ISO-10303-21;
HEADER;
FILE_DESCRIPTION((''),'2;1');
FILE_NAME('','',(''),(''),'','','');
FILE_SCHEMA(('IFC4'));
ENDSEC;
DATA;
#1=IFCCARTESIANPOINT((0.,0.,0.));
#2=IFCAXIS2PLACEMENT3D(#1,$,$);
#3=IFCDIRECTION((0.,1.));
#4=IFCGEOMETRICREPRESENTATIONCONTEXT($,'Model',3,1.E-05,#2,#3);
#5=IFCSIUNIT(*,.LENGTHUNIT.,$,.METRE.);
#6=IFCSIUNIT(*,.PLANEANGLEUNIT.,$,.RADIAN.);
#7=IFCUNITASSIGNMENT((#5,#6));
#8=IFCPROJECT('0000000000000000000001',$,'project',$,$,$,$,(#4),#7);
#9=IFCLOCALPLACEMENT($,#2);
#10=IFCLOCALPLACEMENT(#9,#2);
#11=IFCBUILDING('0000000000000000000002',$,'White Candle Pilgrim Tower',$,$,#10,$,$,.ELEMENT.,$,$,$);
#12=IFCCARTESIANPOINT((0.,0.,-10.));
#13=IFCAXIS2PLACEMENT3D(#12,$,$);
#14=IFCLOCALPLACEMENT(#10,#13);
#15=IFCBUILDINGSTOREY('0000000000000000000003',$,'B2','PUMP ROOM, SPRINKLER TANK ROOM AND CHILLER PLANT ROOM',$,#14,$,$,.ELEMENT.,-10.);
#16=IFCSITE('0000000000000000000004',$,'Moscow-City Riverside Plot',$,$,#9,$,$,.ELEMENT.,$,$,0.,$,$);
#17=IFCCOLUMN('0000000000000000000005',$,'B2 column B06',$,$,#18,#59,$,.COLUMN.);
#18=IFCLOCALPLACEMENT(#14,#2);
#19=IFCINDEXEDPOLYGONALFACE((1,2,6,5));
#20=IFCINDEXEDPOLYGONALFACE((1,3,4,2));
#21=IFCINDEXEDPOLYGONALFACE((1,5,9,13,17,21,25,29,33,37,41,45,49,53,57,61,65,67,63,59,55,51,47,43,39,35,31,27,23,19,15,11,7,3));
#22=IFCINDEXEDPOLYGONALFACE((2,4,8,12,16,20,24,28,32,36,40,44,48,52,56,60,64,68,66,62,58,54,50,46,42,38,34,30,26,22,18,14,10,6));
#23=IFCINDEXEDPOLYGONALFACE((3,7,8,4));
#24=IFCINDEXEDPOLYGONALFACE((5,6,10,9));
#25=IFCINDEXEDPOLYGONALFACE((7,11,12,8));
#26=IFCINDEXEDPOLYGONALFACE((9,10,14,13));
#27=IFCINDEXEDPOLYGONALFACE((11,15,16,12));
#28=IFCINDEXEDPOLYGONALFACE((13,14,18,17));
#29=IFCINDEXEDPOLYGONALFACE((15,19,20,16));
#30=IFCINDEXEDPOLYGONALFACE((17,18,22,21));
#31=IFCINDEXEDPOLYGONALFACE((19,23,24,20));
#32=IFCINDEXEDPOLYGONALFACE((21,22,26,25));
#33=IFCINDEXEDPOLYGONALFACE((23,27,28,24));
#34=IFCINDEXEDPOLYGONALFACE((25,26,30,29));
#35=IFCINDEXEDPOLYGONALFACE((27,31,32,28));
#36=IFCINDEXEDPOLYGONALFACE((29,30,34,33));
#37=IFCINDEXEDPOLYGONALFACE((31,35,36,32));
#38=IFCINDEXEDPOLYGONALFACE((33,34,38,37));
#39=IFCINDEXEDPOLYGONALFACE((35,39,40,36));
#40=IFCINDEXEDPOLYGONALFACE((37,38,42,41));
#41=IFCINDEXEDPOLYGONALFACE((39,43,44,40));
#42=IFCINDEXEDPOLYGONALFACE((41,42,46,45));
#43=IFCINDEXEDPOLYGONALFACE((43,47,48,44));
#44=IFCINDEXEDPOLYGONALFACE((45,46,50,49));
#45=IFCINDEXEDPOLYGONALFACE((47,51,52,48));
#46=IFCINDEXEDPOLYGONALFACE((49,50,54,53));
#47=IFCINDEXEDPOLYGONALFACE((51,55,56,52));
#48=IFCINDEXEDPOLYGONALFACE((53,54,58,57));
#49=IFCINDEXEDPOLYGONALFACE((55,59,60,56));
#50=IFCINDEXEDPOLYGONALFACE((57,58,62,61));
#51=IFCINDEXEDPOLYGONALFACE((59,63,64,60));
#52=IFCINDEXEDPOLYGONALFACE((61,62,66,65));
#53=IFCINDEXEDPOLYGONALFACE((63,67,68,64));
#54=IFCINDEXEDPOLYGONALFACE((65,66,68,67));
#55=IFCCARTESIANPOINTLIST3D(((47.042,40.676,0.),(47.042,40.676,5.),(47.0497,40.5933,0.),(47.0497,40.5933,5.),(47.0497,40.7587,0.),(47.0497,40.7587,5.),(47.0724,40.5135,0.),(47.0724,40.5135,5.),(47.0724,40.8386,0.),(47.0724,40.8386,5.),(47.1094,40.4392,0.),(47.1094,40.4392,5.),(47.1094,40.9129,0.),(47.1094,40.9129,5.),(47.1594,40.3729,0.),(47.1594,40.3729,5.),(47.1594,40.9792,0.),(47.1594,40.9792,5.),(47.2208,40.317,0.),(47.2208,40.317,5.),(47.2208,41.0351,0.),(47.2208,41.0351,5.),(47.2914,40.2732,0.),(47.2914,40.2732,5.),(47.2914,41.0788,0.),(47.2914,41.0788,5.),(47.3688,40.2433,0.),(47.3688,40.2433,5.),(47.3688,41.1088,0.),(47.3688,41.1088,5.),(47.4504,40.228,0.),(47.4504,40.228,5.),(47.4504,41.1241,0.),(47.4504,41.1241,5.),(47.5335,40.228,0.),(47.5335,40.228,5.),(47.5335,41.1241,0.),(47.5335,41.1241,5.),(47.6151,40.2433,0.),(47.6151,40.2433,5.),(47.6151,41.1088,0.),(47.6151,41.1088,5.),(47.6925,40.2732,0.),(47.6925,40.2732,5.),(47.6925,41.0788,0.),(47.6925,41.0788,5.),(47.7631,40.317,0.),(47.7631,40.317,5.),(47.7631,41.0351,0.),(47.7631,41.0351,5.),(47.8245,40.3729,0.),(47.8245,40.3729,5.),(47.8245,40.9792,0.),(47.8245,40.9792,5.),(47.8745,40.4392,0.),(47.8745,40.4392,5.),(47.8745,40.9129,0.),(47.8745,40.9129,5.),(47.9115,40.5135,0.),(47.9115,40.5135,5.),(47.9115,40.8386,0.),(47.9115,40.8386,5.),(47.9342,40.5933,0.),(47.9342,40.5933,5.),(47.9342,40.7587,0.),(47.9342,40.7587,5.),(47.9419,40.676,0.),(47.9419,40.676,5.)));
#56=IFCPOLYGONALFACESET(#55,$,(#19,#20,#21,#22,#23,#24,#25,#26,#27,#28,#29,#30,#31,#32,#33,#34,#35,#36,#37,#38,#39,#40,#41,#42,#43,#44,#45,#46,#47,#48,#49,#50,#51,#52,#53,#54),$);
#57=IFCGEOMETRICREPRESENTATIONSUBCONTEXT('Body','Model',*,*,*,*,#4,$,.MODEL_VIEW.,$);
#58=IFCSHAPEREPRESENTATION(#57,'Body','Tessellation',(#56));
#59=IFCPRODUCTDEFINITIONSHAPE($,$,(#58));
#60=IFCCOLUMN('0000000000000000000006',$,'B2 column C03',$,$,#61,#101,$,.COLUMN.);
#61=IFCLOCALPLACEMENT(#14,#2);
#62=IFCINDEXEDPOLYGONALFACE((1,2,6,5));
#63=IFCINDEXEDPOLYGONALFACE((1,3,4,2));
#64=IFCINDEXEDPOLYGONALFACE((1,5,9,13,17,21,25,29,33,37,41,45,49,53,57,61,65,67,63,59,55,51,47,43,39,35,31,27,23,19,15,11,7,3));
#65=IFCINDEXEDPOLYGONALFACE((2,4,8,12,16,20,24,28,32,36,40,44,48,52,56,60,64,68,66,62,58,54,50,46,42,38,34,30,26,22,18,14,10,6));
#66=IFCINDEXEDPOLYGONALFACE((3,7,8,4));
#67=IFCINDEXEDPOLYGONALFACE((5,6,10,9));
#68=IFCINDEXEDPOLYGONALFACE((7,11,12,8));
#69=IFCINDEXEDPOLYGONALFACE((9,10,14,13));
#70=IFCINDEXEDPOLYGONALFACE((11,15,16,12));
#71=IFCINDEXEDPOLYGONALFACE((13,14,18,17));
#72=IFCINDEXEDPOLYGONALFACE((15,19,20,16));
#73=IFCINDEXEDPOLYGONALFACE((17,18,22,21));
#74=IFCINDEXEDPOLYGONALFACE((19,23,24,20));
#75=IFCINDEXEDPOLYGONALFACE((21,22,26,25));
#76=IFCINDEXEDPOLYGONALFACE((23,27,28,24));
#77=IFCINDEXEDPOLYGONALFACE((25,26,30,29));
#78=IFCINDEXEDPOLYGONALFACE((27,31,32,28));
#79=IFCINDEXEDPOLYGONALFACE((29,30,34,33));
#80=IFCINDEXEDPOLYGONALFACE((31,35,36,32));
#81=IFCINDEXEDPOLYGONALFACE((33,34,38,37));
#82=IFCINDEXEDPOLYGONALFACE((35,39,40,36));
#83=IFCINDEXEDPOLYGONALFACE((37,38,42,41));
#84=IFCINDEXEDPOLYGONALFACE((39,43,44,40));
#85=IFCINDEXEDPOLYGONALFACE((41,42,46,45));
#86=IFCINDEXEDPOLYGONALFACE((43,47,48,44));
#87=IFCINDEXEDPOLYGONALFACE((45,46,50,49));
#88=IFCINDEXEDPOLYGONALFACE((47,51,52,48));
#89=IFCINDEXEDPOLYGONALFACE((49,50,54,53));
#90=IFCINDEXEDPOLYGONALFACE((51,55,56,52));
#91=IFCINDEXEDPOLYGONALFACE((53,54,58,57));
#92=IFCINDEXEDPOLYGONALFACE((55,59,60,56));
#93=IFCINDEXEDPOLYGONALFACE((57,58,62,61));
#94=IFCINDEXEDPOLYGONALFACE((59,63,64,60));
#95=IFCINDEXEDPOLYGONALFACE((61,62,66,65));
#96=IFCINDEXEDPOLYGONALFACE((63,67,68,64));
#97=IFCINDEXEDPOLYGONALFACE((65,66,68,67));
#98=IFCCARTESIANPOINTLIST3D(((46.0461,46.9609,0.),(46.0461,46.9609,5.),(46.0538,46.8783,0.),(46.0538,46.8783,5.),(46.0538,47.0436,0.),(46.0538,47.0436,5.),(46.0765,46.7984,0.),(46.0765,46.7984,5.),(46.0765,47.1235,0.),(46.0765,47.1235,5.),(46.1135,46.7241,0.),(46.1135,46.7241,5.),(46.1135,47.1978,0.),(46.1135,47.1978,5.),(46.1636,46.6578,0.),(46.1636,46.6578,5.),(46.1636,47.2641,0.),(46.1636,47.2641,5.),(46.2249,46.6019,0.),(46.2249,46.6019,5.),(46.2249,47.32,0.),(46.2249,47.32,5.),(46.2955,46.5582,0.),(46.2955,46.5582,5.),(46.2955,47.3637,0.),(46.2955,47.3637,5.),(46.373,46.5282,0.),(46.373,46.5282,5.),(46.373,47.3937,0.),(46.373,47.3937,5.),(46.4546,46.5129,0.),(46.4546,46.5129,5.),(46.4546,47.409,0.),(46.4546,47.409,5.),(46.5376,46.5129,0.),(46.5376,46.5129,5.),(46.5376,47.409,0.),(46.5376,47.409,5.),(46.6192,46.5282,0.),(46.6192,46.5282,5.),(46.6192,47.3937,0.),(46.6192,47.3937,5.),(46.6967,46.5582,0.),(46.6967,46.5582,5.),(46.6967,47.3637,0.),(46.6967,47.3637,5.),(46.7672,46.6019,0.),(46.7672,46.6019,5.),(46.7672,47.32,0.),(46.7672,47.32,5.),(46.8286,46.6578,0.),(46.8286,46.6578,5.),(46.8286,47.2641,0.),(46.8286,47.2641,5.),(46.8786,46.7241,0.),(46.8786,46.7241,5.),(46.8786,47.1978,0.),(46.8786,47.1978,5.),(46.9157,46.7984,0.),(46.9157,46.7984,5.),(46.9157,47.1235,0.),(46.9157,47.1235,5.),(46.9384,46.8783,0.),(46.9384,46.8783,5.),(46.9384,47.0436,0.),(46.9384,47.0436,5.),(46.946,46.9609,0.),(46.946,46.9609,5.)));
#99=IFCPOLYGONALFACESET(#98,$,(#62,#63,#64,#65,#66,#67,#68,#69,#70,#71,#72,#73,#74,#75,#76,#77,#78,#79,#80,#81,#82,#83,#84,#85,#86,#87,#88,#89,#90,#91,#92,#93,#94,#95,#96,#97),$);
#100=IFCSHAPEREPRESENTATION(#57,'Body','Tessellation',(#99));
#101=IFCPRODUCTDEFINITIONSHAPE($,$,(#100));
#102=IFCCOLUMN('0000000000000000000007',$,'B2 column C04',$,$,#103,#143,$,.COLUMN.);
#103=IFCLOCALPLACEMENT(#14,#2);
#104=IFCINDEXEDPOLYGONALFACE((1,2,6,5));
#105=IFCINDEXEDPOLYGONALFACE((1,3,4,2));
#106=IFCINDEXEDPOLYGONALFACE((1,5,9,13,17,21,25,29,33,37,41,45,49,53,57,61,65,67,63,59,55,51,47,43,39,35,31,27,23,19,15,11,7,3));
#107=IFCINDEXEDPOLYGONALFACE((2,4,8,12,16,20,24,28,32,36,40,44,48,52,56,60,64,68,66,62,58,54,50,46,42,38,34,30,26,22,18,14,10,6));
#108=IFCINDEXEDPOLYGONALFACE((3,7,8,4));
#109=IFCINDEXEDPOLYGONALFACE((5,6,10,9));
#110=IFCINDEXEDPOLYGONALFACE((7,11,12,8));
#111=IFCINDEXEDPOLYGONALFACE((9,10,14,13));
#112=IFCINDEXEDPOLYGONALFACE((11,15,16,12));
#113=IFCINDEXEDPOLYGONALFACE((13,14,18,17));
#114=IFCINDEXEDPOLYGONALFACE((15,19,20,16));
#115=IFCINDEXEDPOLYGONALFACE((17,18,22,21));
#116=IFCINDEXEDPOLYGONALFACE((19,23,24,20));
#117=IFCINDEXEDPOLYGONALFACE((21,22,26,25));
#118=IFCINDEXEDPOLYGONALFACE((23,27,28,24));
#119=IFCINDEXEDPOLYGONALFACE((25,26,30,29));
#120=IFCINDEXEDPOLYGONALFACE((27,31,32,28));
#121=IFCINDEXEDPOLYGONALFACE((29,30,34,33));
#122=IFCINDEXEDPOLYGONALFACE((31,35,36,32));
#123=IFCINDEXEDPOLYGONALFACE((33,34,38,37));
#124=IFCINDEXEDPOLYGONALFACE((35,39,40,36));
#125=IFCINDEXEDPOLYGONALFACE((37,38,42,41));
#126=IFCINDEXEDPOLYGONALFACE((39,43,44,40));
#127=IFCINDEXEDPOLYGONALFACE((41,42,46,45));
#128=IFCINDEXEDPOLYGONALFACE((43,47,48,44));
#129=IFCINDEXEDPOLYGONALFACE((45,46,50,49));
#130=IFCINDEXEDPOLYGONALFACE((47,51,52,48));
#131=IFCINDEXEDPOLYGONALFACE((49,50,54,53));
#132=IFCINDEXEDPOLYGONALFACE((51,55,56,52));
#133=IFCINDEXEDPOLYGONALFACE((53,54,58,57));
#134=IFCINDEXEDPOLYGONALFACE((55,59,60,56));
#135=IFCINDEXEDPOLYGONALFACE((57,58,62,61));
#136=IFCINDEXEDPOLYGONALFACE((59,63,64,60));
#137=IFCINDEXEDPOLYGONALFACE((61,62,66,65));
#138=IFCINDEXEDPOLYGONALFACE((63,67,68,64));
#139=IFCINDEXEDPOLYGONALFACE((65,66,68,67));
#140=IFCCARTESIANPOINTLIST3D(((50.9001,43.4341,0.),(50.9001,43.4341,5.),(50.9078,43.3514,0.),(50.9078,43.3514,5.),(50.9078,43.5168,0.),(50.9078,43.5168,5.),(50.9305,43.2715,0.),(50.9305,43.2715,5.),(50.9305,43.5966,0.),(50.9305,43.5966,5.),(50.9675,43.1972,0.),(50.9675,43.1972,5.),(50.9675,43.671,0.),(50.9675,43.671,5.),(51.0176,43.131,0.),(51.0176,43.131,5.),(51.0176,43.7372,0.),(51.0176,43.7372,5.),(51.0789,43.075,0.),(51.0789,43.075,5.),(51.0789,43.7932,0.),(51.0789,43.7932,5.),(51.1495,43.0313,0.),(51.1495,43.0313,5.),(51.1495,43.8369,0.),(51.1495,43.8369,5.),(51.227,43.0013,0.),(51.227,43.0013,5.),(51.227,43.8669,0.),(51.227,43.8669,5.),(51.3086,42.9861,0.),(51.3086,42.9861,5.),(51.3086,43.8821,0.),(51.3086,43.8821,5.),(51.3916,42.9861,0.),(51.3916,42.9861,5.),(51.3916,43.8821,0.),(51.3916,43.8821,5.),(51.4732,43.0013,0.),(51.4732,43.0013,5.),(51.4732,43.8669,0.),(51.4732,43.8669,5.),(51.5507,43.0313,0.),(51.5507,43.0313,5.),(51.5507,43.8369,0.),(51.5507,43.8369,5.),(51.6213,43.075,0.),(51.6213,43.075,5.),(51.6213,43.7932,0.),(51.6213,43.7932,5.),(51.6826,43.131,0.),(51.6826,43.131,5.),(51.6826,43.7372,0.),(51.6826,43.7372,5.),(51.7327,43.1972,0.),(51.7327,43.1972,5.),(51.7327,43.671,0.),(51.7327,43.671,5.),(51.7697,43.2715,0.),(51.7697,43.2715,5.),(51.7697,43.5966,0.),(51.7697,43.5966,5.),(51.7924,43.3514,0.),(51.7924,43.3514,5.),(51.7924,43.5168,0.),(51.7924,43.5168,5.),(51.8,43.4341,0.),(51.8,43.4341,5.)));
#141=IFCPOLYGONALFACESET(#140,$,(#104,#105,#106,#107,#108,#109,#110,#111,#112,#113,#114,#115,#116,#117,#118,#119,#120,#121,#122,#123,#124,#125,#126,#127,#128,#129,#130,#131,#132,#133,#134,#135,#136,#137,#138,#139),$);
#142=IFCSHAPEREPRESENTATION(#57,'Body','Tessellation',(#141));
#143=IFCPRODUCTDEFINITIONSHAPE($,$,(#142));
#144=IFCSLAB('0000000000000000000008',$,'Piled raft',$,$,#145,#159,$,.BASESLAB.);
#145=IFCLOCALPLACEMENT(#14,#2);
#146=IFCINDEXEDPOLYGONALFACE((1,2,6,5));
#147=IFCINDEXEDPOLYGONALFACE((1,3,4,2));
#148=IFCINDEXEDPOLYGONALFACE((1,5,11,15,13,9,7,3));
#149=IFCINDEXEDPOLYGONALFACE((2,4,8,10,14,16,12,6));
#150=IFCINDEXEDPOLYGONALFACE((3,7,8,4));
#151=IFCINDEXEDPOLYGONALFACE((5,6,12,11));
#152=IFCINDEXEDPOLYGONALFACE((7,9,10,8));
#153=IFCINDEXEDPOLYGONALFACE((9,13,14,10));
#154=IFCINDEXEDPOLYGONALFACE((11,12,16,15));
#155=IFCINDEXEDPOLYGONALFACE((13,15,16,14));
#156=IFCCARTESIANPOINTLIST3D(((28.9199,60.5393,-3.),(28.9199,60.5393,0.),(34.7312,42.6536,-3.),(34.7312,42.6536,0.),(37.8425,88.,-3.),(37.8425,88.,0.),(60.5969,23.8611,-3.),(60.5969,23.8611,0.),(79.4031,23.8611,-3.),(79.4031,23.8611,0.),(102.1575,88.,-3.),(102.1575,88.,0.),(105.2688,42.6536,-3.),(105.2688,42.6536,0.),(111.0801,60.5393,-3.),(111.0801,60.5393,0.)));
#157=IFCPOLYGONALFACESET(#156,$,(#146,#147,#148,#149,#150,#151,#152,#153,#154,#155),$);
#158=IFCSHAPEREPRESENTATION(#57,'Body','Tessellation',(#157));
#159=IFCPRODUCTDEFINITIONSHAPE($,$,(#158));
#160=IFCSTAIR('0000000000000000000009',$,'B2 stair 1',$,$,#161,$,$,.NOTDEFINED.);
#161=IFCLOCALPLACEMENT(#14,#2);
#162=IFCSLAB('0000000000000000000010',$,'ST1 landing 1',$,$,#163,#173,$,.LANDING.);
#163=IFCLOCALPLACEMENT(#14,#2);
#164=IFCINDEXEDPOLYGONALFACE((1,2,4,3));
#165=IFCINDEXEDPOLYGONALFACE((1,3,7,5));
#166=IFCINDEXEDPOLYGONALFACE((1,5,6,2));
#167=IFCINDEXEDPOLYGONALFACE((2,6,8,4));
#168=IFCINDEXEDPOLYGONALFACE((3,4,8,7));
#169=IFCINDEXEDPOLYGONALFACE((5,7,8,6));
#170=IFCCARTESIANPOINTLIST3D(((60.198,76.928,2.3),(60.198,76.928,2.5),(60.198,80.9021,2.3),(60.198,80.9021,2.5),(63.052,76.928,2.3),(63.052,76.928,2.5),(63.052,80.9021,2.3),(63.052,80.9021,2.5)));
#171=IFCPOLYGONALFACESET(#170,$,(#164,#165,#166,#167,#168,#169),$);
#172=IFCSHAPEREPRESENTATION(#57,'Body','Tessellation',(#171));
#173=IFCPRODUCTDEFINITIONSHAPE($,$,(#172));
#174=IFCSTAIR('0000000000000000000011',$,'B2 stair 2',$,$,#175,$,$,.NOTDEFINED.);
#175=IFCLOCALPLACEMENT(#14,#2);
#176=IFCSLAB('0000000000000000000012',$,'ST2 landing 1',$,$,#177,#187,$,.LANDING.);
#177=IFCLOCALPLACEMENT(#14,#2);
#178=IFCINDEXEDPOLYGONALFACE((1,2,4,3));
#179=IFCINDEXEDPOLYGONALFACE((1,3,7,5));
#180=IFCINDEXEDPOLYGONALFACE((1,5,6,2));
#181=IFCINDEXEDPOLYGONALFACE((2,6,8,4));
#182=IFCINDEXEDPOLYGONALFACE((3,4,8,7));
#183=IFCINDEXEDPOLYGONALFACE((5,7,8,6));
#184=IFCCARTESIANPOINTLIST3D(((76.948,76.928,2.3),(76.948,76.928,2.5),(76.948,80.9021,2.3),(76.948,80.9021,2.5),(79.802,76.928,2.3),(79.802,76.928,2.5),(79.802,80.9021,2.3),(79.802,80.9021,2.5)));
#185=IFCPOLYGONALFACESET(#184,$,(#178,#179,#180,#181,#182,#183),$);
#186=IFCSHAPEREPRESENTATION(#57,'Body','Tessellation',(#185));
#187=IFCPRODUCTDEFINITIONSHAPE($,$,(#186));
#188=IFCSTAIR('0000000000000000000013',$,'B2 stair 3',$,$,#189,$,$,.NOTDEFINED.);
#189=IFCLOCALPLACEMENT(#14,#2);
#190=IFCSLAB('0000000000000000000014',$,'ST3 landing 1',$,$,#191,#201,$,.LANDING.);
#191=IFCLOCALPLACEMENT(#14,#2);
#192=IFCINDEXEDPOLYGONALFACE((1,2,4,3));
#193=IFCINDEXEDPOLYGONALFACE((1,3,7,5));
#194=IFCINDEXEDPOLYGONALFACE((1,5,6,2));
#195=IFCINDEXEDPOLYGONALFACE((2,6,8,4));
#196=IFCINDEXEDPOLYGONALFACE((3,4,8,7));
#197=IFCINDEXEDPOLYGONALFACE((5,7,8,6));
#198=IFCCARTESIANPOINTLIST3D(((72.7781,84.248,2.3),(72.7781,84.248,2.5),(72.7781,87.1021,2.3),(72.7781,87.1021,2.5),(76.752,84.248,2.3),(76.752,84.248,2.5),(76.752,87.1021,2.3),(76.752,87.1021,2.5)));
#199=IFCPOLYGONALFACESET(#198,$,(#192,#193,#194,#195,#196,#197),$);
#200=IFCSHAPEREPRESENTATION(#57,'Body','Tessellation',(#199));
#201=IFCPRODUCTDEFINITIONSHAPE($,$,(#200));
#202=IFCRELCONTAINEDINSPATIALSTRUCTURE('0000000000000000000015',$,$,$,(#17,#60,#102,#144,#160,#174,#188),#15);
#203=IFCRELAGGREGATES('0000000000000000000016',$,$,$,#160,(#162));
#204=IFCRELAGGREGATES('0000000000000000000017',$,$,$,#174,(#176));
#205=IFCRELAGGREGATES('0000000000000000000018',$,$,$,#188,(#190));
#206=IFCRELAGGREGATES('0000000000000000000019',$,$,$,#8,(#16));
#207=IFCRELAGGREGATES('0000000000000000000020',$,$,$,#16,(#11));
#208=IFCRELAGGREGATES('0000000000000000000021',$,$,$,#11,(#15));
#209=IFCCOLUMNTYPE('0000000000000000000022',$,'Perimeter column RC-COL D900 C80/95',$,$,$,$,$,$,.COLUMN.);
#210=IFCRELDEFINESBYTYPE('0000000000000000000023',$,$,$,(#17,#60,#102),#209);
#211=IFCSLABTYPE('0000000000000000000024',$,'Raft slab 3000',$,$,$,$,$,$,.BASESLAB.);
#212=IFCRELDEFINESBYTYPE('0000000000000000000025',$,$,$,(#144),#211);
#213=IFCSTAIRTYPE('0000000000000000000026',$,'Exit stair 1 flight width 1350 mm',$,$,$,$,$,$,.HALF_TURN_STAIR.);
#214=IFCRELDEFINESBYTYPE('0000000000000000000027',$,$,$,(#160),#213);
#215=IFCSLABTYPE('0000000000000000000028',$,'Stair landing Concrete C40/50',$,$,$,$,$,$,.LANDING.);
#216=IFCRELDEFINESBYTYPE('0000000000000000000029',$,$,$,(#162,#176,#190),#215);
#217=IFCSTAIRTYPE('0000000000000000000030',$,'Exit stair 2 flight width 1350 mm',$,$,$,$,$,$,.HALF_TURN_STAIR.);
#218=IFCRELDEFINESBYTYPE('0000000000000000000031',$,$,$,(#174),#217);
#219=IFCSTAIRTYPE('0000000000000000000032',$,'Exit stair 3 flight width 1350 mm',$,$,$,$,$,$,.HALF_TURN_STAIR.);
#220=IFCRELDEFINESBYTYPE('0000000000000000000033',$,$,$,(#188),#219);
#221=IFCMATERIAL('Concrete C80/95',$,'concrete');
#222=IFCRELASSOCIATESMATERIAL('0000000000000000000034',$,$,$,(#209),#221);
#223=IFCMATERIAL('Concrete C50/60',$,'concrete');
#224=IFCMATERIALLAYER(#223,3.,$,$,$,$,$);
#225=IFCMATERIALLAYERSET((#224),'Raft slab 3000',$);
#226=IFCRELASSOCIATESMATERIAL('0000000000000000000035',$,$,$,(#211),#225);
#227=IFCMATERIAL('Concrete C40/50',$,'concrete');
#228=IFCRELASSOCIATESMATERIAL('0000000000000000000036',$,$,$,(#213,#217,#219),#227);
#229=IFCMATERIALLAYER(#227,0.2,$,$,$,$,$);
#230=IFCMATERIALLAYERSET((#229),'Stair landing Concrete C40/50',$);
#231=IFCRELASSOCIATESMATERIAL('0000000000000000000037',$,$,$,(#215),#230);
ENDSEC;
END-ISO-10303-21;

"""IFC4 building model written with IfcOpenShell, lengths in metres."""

from ifc_helpers import new_model, si_unit, direction, frame, origin, origin_2d, place, context, subcontext, project, spatial, polyline, circle, outline, extrude, material, layer, layer_set, material_profile, profile_set, type_object, element, aggregate, save


model = new_model("IFC4")

# Units and contexts
model_context = context("Model", 3, precision=1e-05, world=origin(), true_north=direction((0.0, 1.0)))
body_context = subcontext(model_context, "Body", "Model", "MODEL_VIEW")
ifc_project = project(units=[si_unit("LENGTHUNIT", "METRE"), si_unit("PLANEANGLEUNIT", "RADIAN")], contexts=[model_context])

# Site, building, storey
site_placement = place(None, origin())
site = spatial("IfcSite", under=ifc_project, at=site_placement, Name="Moscow-City Riverside Plot", CompositionType="ELEMENT", RefElevation=0.0)
building_placement = place(site_placement, origin())
building = spatial("IfcBuilding", under=site, at=building_placement, Name="White Candle Pilgrim Tower", CompositionType="ELEMENT")
storey_placement = place(building_placement, frame((0.0, 0.0, -10.0)))
storey = spatial("IfcBuildingStorey", under=building, at=storey_placement, Name="B2", Description="PUMP ROOM, SPRINKLER TANK ROOM AND CHILLER PLANT ROOM", CompositionType="ELEMENT", Elevation=-10.0)

# Shared definitions
ifc_material_1 = material(Name="Concrete C40/50", Category="concrete")

# Columns
ifc_material_2 = material(Name="Concrete C80/95", Category="concrete")
ifc_material_profile_1 = material_profile(ifc_material_2, circle(Radius=0.45, at=origin_2d()), Name="RC-COL D900")
ifc_profile_set_1 = profile_set([ifc_material_profile_1], Name="Concrete C80/95")
column_type = type_object("IfcColumnType", Name="Perimeter column RC-COL D900 C80/95", PredefinedType="COLUMN", material=ifc_profile_set_1)
for number, where, z_axis, x_axis, name in (
    (1, (47.4919, 40.676, 0.0), (0.0, 0.0, 1.0), (1.0, 0.0, 0.0), "B2 column B06"),
    (2, (46.4961, 46.9609, 0.0), (0.0, 0.0, 1.0), (1.0, 0.0, 0.0), "B2 column C03"),
    (3, (51.3501, 43.4341, 0.0), (0.0, 0.0, 1.0), (1.0, 0.0, 0.0), "B2 column C04"),
):
    element("IfcColumn", number, at=place(storey_placement, frame(where, z_axis=z_axis, x_axis=x_axis)), inside=storey, type_object=column_type, Name=name, PredefinedType="COLUMN", context=body_context, shape_type="SweptSolid", body=[
        extrude(circle(Radius=0.45, at=origin_2d()), origin(), (0.0, 0.0, 1.0), 5.0),
    ])

# Slab
ifc_material_3 = material(Name="Concrete C50/60", Category="concrete")
ifc_layer_1 = layer(ifc_material_3, 3.0)
ifc_layer_set_1 = layer_set([ifc_layer_1], Name="Raft slab 3000")
slab_type_1 = type_object("IfcSlabType", Name="Raft slab 3000", PredefinedType="BASESLAB", material=ifc_layer_set_1)
slab_1_placement = place(storey_placement, frame((0.0, 0.0, -3.0)))
element("IfcSlab", 4, at=slab_1_placement, inside=storey, type_object=slab_type_1, Name="Piled raft", PredefinedType="BASESLAB", context=body_context, shape_type="SweptSolid", body=[
    extrude(outline(polyline([(60.5969, 23.8611), (79.4031, 23.8611), (105.2688, 42.6536), (111.0801, 60.5393), (102.1575, 88.0), (37.8425, 88.0), (28.9199, 60.5393), (34.7312, 42.6536), (60.5969, 23.8611)])), origin(), (0.0, 0.0, 1.0), 3.0),
])

# Stairs, slabs
stair_type_1 = type_object("IfcStairType", Name="Exit stair 1 flight width 1350 mm", PredefinedType="HALF_TURN_STAIR", material=ifc_material_1)
stair_1_placement = place(storey_placement, origin())
stair_1 = element("IfcStair", 5, at=stair_1_placement, inside=storey, type_object=stair_type_1, Name="B2 stair 1", PredefinedType="NOTDEFINED")
ifc_layer_2 = layer(ifc_material_1, 0.2)
ifc_layer_set_2 = layer_set([ifc_layer_2], Name="Stair landing Concrete C40/50")
slab_type_2 = type_object("IfcSlabType", Name="Stair landing Concrete C40/50", PredefinedType="LANDING", material=ifc_layer_set_2)
slab_2_placement = place(storey_placement, frame((0.0, 0.0, 2.3)))
slab_2 = element("IfcSlab", 6, at=slab_2_placement, type_object=slab_type_2, Name="ST1 landing 1", PredefinedType="LANDING", context=body_context, shape_type="SweptSolid", body=[
    extrude(outline(polyline([(63.052, 76.928), (60.198, 76.928), (60.198, 80.9021), (63.052, 80.9021), (63.052, 76.928)])), origin(), (0.0, 0.0, 1.0), 0.2),
])
aggregate(stair_1, [slab_2])
stair_type_2 = type_object("IfcStairType", Name="Exit stair 2 flight width 1350 mm", PredefinedType="HALF_TURN_STAIR", material=ifc_material_1)
stair_2_placement = place(storey_placement, origin())
stair_2 = element("IfcStair", 7, at=stair_2_placement, inside=storey, type_object=stair_type_2, Name="B2 stair 2", PredefinedType="NOTDEFINED")
slab_3_placement = place(storey_placement, frame((0.0, 0.0, 2.3)))
slab_3 = element("IfcSlab", 8, at=slab_3_placement, type_object=slab_type_2, Name="ST2 landing 1", PredefinedType="LANDING", context=body_context, shape_type="SweptSolid", body=[
    extrude(outline(polyline([(79.802, 76.928), (76.948, 76.928), (76.948, 80.9021), (79.802, 80.9021), (79.802, 76.928)])), origin(), (0.0, 0.0, 1.0), 0.2),
])
aggregate(stair_2, [slab_3])
stair_type_3 = type_object("IfcStairType", Name="Exit stair 3 flight width 1350 mm", PredefinedType="HALF_TURN_STAIR", material=ifc_material_1)
stair_3_placement = place(storey_placement, origin())
stair_3 = element("IfcStair", 9, at=stair_3_placement, inside=storey, type_object=stair_type_3, Name="B2 stair 3", PredefinedType="NOTDEFINED")
slab_4_placement = place(storey_placement, frame((0.0, 0.0, 2.3)))
slab_4 = element("IfcSlab", 10, at=slab_4_placement, type_object=slab_type_2, Name="ST3 landing 1", PredefinedType="LANDING", context=body_context, shape_type="SweptSolid", body=[
    extrude(outline(polyline([(72.7781, 84.248), (72.7781, 87.1021), (76.752, 87.1021), (76.752, 84.248), (72.7781, 84.248)])), origin(), (0.0, 0.0, 1.0), 0.2),
])
aggregate(stair_3, [slab_4])

save(model, "model.ifc")
